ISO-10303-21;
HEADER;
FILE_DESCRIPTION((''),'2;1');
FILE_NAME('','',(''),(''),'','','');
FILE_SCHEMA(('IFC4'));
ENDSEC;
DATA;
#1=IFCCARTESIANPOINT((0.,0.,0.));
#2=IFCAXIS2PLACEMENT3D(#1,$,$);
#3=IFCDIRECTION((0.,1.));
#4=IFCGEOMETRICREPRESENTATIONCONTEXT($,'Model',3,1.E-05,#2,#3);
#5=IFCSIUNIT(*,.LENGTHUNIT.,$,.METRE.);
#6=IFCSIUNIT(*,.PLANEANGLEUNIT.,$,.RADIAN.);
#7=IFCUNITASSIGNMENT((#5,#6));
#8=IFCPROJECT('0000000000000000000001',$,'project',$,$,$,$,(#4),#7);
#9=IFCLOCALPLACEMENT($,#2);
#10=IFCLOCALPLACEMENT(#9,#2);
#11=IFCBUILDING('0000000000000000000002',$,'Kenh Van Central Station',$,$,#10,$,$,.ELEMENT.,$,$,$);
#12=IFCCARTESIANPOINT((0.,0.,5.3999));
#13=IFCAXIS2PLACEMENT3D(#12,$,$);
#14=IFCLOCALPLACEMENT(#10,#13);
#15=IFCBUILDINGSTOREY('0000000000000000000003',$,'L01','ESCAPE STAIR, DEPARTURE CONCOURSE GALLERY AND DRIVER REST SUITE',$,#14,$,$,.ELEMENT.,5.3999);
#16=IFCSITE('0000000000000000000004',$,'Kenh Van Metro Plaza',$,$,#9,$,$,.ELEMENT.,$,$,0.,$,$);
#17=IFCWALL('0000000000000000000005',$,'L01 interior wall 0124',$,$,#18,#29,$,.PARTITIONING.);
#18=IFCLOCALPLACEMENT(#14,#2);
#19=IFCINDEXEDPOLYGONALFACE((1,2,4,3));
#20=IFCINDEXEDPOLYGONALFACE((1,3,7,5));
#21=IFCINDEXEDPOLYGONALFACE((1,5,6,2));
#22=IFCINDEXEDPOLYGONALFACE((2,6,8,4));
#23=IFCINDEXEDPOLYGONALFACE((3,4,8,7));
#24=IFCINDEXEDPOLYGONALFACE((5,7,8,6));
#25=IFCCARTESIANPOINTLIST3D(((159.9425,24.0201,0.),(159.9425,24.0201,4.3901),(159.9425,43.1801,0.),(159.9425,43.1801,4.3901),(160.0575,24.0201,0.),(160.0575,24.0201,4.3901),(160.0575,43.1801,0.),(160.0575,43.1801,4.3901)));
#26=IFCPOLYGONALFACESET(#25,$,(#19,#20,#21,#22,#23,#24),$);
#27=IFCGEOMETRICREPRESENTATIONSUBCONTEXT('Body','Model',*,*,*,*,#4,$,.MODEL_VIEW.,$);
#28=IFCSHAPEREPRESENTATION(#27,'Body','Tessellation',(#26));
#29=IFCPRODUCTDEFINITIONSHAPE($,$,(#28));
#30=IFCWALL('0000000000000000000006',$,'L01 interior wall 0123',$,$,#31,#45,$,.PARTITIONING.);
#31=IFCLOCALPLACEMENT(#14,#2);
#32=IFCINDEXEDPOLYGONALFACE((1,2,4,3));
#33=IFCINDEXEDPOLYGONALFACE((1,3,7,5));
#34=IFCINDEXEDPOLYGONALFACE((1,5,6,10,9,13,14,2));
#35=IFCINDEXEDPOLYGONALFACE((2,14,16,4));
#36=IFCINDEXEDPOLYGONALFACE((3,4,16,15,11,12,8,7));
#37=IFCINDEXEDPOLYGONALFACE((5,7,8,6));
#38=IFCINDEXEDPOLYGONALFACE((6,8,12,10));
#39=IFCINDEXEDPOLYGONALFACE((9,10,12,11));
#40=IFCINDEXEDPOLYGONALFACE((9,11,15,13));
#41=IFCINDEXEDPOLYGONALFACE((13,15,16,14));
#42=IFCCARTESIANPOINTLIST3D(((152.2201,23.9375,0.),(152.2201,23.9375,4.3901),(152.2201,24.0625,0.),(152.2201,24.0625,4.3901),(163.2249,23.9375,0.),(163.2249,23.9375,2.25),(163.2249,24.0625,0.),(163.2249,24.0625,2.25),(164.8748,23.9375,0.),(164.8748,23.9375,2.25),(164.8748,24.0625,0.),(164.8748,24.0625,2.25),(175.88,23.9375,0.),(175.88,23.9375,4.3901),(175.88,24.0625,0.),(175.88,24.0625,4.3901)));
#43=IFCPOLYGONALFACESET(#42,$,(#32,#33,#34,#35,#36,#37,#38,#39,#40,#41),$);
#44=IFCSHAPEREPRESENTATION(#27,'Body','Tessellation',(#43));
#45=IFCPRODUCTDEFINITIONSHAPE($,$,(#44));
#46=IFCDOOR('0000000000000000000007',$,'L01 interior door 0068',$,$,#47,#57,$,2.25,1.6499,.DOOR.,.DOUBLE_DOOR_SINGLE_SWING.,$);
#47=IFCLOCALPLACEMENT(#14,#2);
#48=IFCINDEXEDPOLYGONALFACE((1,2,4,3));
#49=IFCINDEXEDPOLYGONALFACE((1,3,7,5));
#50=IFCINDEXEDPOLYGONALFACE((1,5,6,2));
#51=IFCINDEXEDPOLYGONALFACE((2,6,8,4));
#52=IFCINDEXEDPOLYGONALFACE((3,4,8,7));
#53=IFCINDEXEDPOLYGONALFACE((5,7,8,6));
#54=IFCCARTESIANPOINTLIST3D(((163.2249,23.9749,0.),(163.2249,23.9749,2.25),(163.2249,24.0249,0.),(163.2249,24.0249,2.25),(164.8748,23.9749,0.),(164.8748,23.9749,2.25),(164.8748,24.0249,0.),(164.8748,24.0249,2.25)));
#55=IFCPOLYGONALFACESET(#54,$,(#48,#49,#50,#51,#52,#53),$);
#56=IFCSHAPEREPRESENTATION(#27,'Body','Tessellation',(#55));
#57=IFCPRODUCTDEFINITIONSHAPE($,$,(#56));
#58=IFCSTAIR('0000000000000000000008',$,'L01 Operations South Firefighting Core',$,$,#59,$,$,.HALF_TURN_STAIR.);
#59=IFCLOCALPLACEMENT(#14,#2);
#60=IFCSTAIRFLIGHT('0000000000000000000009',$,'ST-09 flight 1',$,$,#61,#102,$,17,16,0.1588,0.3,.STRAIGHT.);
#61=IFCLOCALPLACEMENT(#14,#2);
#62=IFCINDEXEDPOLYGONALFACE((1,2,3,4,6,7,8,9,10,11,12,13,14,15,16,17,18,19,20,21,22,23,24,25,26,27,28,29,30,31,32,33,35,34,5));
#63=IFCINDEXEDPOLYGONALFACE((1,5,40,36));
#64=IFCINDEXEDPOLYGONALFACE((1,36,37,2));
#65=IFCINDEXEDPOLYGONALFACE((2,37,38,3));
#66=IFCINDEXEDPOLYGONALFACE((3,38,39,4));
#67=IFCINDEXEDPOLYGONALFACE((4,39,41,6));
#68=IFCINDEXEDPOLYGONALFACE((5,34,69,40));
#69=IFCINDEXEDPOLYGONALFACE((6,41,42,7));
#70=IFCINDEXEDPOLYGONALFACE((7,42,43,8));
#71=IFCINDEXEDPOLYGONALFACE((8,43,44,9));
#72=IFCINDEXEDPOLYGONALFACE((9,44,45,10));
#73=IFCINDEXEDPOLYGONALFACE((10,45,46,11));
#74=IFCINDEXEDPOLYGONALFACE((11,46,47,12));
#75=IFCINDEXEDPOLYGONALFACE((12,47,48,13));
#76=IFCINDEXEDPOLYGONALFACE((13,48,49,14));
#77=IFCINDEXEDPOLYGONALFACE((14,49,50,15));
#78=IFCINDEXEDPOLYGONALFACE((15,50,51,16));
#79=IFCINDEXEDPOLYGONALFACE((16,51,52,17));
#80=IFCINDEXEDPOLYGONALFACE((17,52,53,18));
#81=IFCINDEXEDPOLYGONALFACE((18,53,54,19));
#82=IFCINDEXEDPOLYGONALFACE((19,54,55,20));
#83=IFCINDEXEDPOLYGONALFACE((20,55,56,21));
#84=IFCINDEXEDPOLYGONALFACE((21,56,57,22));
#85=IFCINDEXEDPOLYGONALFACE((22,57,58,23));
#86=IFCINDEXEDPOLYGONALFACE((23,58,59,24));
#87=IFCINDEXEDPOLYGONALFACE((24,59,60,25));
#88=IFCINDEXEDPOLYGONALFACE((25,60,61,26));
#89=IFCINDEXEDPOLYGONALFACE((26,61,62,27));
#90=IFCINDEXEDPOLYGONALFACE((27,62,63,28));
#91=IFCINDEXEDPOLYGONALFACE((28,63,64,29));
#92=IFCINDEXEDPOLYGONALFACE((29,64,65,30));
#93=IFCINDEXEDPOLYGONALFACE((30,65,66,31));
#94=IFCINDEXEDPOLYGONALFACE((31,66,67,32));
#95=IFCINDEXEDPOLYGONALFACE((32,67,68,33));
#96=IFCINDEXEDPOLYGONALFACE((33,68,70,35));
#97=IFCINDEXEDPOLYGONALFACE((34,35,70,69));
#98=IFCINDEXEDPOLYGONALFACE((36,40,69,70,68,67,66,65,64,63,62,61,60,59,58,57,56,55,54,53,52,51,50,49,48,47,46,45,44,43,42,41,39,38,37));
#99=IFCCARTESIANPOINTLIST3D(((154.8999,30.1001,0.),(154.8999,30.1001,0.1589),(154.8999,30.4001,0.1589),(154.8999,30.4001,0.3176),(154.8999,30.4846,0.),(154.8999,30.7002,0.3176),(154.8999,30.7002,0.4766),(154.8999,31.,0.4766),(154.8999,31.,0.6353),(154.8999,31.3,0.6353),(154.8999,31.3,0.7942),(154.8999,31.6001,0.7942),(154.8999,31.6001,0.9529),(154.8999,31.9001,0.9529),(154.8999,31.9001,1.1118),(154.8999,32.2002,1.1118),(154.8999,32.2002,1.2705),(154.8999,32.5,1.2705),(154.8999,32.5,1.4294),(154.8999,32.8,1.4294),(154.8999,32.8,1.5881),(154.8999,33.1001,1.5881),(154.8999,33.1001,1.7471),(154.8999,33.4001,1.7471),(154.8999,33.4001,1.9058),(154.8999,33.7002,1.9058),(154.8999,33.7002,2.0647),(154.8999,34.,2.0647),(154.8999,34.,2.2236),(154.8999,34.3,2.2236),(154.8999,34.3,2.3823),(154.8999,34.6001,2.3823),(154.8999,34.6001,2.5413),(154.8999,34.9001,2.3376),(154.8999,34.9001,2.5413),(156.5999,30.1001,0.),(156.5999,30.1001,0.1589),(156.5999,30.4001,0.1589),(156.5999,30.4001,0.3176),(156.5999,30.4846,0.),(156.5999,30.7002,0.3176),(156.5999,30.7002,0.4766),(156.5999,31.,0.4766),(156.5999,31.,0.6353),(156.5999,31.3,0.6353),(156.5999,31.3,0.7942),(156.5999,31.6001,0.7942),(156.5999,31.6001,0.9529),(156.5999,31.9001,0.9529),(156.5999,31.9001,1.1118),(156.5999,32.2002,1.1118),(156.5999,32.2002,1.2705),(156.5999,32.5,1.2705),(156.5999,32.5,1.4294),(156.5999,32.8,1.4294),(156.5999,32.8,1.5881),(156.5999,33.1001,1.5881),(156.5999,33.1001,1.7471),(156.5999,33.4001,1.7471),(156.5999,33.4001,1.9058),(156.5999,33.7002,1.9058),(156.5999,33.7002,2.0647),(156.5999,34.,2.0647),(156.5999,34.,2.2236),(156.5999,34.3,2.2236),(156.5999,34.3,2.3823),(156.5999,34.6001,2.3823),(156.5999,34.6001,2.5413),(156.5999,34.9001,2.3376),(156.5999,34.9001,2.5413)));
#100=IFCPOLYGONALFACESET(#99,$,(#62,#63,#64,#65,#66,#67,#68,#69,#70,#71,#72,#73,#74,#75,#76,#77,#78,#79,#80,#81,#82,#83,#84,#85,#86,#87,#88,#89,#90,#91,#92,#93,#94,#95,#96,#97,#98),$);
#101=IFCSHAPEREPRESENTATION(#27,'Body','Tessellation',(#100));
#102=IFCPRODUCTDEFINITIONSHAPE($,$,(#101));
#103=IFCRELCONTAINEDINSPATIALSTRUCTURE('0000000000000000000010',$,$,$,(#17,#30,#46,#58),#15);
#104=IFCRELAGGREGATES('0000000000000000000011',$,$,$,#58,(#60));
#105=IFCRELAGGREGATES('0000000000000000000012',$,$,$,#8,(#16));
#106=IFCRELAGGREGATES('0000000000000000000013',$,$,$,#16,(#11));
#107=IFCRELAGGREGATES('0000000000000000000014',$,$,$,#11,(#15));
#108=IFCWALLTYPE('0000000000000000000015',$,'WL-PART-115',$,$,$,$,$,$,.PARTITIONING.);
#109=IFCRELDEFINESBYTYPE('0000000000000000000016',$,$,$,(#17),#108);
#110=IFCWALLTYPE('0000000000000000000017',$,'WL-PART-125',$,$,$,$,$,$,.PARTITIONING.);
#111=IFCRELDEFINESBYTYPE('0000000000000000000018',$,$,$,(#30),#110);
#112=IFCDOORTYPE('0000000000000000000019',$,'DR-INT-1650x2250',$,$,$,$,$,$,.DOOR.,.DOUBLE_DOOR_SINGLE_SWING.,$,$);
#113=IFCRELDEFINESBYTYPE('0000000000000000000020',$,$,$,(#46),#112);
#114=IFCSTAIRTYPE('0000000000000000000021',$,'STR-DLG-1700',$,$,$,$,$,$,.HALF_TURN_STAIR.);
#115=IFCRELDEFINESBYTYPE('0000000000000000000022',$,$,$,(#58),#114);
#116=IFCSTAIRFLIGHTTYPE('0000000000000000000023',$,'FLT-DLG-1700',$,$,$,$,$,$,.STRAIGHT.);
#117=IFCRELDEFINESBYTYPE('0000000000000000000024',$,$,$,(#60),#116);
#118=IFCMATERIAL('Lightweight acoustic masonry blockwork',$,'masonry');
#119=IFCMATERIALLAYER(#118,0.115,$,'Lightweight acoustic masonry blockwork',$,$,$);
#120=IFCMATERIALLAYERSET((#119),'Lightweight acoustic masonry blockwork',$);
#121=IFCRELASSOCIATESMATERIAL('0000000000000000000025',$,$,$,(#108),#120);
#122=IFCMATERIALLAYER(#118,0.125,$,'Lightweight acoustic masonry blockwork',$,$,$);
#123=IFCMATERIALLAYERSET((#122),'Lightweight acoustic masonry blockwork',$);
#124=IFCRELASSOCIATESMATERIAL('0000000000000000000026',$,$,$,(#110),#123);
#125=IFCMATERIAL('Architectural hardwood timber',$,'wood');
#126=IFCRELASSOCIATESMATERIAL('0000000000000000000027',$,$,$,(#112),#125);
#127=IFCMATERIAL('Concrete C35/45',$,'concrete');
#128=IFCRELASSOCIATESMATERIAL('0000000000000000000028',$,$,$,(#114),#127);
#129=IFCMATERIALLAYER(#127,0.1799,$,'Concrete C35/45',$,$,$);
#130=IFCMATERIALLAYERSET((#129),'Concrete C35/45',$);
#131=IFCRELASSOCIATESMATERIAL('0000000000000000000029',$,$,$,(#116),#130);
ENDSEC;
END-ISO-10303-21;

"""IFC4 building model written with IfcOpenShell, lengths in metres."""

from ifc_helpers import new_model, si_unit, direction, frame, frame_2d, origin, place, context, subcontext, project, spatial, polyline, rectangle, outline, extrude, material, layer, layer_set, type_object, element, fill, aggregate, save


model = new_model("IFC4")

# Units and contexts
model_context = context("Model", 3, precision=1e-05, world=origin(), true_north=direction((0.0, 1.0)))
body_context = subcontext(model_context, "Body", "Model", "MODEL_VIEW")
ifc_project = project(units=[si_unit("LENGTHUNIT", "METRE"), si_unit("PLANEANGLEUNIT", "RADIAN")], contexts=[model_context])

# Site, building, storey
site_placement = place(None, origin())
site = spatial("IfcSite", under=ifc_project, at=site_placement, Name="Kenh Van Metro Plaza", CompositionType="ELEMENT", RefElevation=0.0)
building_placement = place(site_placement, origin())
building = spatial("IfcBuilding", under=site, at=building_placement, Name="Kenh Van Central Station", CompositionType="ELEMENT")
storey_placement = place(building_placement, frame((0.0, 0.0, 5.3999)))
storey = spatial("IfcBuildingStorey", under=building, at=storey_placement, Name="L01", Description="ESCAPE STAIR, DEPARTURE CONCOURSE GALLERY AND DRIVER REST SUITE", CompositionType="ELEMENT", Elevation=5.3999)

# Shared definitions
ifc_material_1 = material(Name="Concrete C35/45", Category="concrete")

# Wall
ifc_material_2 = material(Name="Lightweight acoustic masonry blockwork", Category="masonry")
ifc_layer_1 = layer(ifc_material_2, 0.115, Name="Lightweight acoustic masonry blockwork")
ifc_layer_set_1 = layer_set([ifc_layer_1], Name="Lightweight acoustic masonry blockwork")
wall_type_1 = type_object("IfcWallType", Name="WL-PART-115", PredefinedType="PARTITIONING", material=ifc_layer_set_1)
wall_1_placement = place(storey_placement, frame((160.0, 24.02, 0.0), z_axis=(0.0, 0.0, 1.0), x_axis=(0.0, 1.0, 0.0)))
element("IfcWall", 1, at=wall_1_placement, inside=storey, type_object=wall_type_1, Name="L01 interior wall 0124", PredefinedType="PARTITIONING", context=body_context, shape_type="SweptSolid", body=[
    extrude(rectangle(XDim=19.1599, YDim=0.115, at=frame_2d((9.5801, 0.0))), origin(), (0.0, 0.0, 1.0), 4.3901),
])

# Wall, opening, door
ifc_layer_2 = layer(ifc_material_2, 0.125, Name="Lightweight acoustic masonry blockwork")
ifc_layer_set_2 = layer_set([ifc_layer_2], Name="Lightweight acoustic masonry blockwork")
wall_type_2 = type_object("IfcWallType", Name="WL-PART-125", PredefinedType="PARTITIONING", material=ifc_layer_set_2)
wall_2_placement = place(storey_placement, frame((152.22, 24.0, 0.0), z_axis=(0.0, 0.0, 1.0), x_axis=(1.0, 0.0, 0.0)))
wall_2 = element("IfcWall", 2, at=wall_2_placement, inside=storey, type_object=wall_type_2, Name="L01 interior wall 0123", PredefinedType="PARTITIONING", context=body_context, shape_type="SweptSolid", body=[
    extrude(rectangle(XDim=23.6599, YDim=0.125, at=frame_2d((11.8301, 0.0))), origin(), (0.0, 0.0, 1.0), 4.3901),
])
opening_1_placement = place(wall_2_placement, frame((11.0049, 0.0, 0.0)))
opening_1 = element("IfcOpeningElement", 3, at=opening_1_placement, cuts=wall_2, PredefinedType="OPENING", context=body_context, shape_type="SweptSolid", body=[
    extrude(rectangle(XDim=1.6499, YDim=2.25, at=frame_2d((0.825, 1.125))), frame((0.0, 0.0725, 0.0), z_axis=(0.0, -1.0, 0.0), x_axis=(1.0, 0.0, 0.0)), (0.0, 0.0, 1.0), 0.145),
])
ifc_material_3 = material(Name="Architectural hardwood timber", Category="wood")
door_type_1 = type_object("IfcDoorType", Name="DR-INT-1650x2250", OperationType="DOUBLE_DOOR_SINGLE_SWING", PredefinedType="DOOR", material=ifc_material_3)
door_1_placement = place(opening_1_placement, origin())
door_1 = element("IfcDoor", 4, at=door_1_placement, inside=storey, type_object=door_type_1, Name="L01 interior door 0068", OperationType="DOUBLE_DOOR_SINGLE_SWING", OverallHeight=2.25, OverallWidth=1.6499, PredefinedType="DOOR", context=body_context, shape_type="SweptSolid", body=[
    extrude(rectangle(XDim=1.6499, YDim=2.25, at=frame_2d((0.825, 1.125))), frame((0.0, 0.0249, 0.0), z_axis=(0.0, -1.0, 0.0), x_axis=(1.0, 0.0, 0.0)), (0.0, 0.0, 1.0), 0.05),
])
fill(opening_1, door_1)

# Stair, stair flight
stair_type = type_object("IfcStairType", Name="STR-DLG-1700", PredefinedType="HALF_TURN_STAIR", material=ifc_material_1)
stair_placement = place(storey_placement, origin())
stair = element("IfcStair", 5, at=stair_placement, inside=storey, type_object=stair_type, Name="L01 Operations South Firefighting Core", PredefinedType="HALF_TURN_STAIR")
ifc_layer_3 = layer(ifc_material_1, 0.1799, Name="Concrete C35/45")
ifc_layer_set_3 = layer_set([ifc_layer_3], Name="Concrete C35/45")
stair_flight_type = type_object("IfcStairFlightType", Name="FLT-DLG-1700", PredefinedType="STRAIGHT", material=ifc_layer_set_3)
stair_flight_placement = place(storey_placement, frame((155.75, 30.1001, 0.0), z_axis=(0.0, 0.0, 1.0), x_axis=(0.0, 1.0, 0.0)))
stair_flight = element("IfcStairFlight", 6, at=stair_flight_placement, type_object=stair_flight_type, Name="ST-09 flight 1", NumberOfRisers=17, NumberOfTreads=16, PredefinedType="STRAIGHT", RiserHeight=0.1588, TreadLength=0.3, context=body_context, shape_type="SweptSolid", body=[
    extrude(outline(polyline([(0.0, 0.0), (0.0, 0.1589), (0.3, 0.1589), (0.3, 0.3176), (0.6001, 0.3176), (0.6001, 0.4766), (0.8999, 0.4766), (0.8999, 0.6353), (1.2, 0.6353), (1.2, 0.7942), (1.5, 0.7942), (1.5, 0.9529), (1.8, 0.9529), (1.8, 1.1118), (2.1001, 1.1118), (2.1001, 1.2705), (2.3999, 1.2705), (2.3999, 1.4294), (2.7, 1.4294), (2.7, 1.5881), (3.0, 1.5881), (3.0, 1.7471), (3.3, 1.7471), (3.3, 1.9058), (3.6001, 1.9058), (3.6001, 2.0647), (3.8999, 2.0647), (3.8999, 2.2236), (4.2, 2.2236), (4.2, 2.3823), (4.5, 2.3823), (4.5, 2.5413), (4.8, 2.5413), (4.8, 2.7), (4.8, 2.3376), (0.3845, 0.0), (0.0, 0.0)])), frame((0.0, 0.8501, 0.0), z_axis=(0.0, -1.0, 0.0), x_axis=(1.0, 0.0, 0.0)), (0.0, 0.0, 1.0), 1.7),
])
aggregate(stair, [stair_flight])

save(model, "model.ifc")
